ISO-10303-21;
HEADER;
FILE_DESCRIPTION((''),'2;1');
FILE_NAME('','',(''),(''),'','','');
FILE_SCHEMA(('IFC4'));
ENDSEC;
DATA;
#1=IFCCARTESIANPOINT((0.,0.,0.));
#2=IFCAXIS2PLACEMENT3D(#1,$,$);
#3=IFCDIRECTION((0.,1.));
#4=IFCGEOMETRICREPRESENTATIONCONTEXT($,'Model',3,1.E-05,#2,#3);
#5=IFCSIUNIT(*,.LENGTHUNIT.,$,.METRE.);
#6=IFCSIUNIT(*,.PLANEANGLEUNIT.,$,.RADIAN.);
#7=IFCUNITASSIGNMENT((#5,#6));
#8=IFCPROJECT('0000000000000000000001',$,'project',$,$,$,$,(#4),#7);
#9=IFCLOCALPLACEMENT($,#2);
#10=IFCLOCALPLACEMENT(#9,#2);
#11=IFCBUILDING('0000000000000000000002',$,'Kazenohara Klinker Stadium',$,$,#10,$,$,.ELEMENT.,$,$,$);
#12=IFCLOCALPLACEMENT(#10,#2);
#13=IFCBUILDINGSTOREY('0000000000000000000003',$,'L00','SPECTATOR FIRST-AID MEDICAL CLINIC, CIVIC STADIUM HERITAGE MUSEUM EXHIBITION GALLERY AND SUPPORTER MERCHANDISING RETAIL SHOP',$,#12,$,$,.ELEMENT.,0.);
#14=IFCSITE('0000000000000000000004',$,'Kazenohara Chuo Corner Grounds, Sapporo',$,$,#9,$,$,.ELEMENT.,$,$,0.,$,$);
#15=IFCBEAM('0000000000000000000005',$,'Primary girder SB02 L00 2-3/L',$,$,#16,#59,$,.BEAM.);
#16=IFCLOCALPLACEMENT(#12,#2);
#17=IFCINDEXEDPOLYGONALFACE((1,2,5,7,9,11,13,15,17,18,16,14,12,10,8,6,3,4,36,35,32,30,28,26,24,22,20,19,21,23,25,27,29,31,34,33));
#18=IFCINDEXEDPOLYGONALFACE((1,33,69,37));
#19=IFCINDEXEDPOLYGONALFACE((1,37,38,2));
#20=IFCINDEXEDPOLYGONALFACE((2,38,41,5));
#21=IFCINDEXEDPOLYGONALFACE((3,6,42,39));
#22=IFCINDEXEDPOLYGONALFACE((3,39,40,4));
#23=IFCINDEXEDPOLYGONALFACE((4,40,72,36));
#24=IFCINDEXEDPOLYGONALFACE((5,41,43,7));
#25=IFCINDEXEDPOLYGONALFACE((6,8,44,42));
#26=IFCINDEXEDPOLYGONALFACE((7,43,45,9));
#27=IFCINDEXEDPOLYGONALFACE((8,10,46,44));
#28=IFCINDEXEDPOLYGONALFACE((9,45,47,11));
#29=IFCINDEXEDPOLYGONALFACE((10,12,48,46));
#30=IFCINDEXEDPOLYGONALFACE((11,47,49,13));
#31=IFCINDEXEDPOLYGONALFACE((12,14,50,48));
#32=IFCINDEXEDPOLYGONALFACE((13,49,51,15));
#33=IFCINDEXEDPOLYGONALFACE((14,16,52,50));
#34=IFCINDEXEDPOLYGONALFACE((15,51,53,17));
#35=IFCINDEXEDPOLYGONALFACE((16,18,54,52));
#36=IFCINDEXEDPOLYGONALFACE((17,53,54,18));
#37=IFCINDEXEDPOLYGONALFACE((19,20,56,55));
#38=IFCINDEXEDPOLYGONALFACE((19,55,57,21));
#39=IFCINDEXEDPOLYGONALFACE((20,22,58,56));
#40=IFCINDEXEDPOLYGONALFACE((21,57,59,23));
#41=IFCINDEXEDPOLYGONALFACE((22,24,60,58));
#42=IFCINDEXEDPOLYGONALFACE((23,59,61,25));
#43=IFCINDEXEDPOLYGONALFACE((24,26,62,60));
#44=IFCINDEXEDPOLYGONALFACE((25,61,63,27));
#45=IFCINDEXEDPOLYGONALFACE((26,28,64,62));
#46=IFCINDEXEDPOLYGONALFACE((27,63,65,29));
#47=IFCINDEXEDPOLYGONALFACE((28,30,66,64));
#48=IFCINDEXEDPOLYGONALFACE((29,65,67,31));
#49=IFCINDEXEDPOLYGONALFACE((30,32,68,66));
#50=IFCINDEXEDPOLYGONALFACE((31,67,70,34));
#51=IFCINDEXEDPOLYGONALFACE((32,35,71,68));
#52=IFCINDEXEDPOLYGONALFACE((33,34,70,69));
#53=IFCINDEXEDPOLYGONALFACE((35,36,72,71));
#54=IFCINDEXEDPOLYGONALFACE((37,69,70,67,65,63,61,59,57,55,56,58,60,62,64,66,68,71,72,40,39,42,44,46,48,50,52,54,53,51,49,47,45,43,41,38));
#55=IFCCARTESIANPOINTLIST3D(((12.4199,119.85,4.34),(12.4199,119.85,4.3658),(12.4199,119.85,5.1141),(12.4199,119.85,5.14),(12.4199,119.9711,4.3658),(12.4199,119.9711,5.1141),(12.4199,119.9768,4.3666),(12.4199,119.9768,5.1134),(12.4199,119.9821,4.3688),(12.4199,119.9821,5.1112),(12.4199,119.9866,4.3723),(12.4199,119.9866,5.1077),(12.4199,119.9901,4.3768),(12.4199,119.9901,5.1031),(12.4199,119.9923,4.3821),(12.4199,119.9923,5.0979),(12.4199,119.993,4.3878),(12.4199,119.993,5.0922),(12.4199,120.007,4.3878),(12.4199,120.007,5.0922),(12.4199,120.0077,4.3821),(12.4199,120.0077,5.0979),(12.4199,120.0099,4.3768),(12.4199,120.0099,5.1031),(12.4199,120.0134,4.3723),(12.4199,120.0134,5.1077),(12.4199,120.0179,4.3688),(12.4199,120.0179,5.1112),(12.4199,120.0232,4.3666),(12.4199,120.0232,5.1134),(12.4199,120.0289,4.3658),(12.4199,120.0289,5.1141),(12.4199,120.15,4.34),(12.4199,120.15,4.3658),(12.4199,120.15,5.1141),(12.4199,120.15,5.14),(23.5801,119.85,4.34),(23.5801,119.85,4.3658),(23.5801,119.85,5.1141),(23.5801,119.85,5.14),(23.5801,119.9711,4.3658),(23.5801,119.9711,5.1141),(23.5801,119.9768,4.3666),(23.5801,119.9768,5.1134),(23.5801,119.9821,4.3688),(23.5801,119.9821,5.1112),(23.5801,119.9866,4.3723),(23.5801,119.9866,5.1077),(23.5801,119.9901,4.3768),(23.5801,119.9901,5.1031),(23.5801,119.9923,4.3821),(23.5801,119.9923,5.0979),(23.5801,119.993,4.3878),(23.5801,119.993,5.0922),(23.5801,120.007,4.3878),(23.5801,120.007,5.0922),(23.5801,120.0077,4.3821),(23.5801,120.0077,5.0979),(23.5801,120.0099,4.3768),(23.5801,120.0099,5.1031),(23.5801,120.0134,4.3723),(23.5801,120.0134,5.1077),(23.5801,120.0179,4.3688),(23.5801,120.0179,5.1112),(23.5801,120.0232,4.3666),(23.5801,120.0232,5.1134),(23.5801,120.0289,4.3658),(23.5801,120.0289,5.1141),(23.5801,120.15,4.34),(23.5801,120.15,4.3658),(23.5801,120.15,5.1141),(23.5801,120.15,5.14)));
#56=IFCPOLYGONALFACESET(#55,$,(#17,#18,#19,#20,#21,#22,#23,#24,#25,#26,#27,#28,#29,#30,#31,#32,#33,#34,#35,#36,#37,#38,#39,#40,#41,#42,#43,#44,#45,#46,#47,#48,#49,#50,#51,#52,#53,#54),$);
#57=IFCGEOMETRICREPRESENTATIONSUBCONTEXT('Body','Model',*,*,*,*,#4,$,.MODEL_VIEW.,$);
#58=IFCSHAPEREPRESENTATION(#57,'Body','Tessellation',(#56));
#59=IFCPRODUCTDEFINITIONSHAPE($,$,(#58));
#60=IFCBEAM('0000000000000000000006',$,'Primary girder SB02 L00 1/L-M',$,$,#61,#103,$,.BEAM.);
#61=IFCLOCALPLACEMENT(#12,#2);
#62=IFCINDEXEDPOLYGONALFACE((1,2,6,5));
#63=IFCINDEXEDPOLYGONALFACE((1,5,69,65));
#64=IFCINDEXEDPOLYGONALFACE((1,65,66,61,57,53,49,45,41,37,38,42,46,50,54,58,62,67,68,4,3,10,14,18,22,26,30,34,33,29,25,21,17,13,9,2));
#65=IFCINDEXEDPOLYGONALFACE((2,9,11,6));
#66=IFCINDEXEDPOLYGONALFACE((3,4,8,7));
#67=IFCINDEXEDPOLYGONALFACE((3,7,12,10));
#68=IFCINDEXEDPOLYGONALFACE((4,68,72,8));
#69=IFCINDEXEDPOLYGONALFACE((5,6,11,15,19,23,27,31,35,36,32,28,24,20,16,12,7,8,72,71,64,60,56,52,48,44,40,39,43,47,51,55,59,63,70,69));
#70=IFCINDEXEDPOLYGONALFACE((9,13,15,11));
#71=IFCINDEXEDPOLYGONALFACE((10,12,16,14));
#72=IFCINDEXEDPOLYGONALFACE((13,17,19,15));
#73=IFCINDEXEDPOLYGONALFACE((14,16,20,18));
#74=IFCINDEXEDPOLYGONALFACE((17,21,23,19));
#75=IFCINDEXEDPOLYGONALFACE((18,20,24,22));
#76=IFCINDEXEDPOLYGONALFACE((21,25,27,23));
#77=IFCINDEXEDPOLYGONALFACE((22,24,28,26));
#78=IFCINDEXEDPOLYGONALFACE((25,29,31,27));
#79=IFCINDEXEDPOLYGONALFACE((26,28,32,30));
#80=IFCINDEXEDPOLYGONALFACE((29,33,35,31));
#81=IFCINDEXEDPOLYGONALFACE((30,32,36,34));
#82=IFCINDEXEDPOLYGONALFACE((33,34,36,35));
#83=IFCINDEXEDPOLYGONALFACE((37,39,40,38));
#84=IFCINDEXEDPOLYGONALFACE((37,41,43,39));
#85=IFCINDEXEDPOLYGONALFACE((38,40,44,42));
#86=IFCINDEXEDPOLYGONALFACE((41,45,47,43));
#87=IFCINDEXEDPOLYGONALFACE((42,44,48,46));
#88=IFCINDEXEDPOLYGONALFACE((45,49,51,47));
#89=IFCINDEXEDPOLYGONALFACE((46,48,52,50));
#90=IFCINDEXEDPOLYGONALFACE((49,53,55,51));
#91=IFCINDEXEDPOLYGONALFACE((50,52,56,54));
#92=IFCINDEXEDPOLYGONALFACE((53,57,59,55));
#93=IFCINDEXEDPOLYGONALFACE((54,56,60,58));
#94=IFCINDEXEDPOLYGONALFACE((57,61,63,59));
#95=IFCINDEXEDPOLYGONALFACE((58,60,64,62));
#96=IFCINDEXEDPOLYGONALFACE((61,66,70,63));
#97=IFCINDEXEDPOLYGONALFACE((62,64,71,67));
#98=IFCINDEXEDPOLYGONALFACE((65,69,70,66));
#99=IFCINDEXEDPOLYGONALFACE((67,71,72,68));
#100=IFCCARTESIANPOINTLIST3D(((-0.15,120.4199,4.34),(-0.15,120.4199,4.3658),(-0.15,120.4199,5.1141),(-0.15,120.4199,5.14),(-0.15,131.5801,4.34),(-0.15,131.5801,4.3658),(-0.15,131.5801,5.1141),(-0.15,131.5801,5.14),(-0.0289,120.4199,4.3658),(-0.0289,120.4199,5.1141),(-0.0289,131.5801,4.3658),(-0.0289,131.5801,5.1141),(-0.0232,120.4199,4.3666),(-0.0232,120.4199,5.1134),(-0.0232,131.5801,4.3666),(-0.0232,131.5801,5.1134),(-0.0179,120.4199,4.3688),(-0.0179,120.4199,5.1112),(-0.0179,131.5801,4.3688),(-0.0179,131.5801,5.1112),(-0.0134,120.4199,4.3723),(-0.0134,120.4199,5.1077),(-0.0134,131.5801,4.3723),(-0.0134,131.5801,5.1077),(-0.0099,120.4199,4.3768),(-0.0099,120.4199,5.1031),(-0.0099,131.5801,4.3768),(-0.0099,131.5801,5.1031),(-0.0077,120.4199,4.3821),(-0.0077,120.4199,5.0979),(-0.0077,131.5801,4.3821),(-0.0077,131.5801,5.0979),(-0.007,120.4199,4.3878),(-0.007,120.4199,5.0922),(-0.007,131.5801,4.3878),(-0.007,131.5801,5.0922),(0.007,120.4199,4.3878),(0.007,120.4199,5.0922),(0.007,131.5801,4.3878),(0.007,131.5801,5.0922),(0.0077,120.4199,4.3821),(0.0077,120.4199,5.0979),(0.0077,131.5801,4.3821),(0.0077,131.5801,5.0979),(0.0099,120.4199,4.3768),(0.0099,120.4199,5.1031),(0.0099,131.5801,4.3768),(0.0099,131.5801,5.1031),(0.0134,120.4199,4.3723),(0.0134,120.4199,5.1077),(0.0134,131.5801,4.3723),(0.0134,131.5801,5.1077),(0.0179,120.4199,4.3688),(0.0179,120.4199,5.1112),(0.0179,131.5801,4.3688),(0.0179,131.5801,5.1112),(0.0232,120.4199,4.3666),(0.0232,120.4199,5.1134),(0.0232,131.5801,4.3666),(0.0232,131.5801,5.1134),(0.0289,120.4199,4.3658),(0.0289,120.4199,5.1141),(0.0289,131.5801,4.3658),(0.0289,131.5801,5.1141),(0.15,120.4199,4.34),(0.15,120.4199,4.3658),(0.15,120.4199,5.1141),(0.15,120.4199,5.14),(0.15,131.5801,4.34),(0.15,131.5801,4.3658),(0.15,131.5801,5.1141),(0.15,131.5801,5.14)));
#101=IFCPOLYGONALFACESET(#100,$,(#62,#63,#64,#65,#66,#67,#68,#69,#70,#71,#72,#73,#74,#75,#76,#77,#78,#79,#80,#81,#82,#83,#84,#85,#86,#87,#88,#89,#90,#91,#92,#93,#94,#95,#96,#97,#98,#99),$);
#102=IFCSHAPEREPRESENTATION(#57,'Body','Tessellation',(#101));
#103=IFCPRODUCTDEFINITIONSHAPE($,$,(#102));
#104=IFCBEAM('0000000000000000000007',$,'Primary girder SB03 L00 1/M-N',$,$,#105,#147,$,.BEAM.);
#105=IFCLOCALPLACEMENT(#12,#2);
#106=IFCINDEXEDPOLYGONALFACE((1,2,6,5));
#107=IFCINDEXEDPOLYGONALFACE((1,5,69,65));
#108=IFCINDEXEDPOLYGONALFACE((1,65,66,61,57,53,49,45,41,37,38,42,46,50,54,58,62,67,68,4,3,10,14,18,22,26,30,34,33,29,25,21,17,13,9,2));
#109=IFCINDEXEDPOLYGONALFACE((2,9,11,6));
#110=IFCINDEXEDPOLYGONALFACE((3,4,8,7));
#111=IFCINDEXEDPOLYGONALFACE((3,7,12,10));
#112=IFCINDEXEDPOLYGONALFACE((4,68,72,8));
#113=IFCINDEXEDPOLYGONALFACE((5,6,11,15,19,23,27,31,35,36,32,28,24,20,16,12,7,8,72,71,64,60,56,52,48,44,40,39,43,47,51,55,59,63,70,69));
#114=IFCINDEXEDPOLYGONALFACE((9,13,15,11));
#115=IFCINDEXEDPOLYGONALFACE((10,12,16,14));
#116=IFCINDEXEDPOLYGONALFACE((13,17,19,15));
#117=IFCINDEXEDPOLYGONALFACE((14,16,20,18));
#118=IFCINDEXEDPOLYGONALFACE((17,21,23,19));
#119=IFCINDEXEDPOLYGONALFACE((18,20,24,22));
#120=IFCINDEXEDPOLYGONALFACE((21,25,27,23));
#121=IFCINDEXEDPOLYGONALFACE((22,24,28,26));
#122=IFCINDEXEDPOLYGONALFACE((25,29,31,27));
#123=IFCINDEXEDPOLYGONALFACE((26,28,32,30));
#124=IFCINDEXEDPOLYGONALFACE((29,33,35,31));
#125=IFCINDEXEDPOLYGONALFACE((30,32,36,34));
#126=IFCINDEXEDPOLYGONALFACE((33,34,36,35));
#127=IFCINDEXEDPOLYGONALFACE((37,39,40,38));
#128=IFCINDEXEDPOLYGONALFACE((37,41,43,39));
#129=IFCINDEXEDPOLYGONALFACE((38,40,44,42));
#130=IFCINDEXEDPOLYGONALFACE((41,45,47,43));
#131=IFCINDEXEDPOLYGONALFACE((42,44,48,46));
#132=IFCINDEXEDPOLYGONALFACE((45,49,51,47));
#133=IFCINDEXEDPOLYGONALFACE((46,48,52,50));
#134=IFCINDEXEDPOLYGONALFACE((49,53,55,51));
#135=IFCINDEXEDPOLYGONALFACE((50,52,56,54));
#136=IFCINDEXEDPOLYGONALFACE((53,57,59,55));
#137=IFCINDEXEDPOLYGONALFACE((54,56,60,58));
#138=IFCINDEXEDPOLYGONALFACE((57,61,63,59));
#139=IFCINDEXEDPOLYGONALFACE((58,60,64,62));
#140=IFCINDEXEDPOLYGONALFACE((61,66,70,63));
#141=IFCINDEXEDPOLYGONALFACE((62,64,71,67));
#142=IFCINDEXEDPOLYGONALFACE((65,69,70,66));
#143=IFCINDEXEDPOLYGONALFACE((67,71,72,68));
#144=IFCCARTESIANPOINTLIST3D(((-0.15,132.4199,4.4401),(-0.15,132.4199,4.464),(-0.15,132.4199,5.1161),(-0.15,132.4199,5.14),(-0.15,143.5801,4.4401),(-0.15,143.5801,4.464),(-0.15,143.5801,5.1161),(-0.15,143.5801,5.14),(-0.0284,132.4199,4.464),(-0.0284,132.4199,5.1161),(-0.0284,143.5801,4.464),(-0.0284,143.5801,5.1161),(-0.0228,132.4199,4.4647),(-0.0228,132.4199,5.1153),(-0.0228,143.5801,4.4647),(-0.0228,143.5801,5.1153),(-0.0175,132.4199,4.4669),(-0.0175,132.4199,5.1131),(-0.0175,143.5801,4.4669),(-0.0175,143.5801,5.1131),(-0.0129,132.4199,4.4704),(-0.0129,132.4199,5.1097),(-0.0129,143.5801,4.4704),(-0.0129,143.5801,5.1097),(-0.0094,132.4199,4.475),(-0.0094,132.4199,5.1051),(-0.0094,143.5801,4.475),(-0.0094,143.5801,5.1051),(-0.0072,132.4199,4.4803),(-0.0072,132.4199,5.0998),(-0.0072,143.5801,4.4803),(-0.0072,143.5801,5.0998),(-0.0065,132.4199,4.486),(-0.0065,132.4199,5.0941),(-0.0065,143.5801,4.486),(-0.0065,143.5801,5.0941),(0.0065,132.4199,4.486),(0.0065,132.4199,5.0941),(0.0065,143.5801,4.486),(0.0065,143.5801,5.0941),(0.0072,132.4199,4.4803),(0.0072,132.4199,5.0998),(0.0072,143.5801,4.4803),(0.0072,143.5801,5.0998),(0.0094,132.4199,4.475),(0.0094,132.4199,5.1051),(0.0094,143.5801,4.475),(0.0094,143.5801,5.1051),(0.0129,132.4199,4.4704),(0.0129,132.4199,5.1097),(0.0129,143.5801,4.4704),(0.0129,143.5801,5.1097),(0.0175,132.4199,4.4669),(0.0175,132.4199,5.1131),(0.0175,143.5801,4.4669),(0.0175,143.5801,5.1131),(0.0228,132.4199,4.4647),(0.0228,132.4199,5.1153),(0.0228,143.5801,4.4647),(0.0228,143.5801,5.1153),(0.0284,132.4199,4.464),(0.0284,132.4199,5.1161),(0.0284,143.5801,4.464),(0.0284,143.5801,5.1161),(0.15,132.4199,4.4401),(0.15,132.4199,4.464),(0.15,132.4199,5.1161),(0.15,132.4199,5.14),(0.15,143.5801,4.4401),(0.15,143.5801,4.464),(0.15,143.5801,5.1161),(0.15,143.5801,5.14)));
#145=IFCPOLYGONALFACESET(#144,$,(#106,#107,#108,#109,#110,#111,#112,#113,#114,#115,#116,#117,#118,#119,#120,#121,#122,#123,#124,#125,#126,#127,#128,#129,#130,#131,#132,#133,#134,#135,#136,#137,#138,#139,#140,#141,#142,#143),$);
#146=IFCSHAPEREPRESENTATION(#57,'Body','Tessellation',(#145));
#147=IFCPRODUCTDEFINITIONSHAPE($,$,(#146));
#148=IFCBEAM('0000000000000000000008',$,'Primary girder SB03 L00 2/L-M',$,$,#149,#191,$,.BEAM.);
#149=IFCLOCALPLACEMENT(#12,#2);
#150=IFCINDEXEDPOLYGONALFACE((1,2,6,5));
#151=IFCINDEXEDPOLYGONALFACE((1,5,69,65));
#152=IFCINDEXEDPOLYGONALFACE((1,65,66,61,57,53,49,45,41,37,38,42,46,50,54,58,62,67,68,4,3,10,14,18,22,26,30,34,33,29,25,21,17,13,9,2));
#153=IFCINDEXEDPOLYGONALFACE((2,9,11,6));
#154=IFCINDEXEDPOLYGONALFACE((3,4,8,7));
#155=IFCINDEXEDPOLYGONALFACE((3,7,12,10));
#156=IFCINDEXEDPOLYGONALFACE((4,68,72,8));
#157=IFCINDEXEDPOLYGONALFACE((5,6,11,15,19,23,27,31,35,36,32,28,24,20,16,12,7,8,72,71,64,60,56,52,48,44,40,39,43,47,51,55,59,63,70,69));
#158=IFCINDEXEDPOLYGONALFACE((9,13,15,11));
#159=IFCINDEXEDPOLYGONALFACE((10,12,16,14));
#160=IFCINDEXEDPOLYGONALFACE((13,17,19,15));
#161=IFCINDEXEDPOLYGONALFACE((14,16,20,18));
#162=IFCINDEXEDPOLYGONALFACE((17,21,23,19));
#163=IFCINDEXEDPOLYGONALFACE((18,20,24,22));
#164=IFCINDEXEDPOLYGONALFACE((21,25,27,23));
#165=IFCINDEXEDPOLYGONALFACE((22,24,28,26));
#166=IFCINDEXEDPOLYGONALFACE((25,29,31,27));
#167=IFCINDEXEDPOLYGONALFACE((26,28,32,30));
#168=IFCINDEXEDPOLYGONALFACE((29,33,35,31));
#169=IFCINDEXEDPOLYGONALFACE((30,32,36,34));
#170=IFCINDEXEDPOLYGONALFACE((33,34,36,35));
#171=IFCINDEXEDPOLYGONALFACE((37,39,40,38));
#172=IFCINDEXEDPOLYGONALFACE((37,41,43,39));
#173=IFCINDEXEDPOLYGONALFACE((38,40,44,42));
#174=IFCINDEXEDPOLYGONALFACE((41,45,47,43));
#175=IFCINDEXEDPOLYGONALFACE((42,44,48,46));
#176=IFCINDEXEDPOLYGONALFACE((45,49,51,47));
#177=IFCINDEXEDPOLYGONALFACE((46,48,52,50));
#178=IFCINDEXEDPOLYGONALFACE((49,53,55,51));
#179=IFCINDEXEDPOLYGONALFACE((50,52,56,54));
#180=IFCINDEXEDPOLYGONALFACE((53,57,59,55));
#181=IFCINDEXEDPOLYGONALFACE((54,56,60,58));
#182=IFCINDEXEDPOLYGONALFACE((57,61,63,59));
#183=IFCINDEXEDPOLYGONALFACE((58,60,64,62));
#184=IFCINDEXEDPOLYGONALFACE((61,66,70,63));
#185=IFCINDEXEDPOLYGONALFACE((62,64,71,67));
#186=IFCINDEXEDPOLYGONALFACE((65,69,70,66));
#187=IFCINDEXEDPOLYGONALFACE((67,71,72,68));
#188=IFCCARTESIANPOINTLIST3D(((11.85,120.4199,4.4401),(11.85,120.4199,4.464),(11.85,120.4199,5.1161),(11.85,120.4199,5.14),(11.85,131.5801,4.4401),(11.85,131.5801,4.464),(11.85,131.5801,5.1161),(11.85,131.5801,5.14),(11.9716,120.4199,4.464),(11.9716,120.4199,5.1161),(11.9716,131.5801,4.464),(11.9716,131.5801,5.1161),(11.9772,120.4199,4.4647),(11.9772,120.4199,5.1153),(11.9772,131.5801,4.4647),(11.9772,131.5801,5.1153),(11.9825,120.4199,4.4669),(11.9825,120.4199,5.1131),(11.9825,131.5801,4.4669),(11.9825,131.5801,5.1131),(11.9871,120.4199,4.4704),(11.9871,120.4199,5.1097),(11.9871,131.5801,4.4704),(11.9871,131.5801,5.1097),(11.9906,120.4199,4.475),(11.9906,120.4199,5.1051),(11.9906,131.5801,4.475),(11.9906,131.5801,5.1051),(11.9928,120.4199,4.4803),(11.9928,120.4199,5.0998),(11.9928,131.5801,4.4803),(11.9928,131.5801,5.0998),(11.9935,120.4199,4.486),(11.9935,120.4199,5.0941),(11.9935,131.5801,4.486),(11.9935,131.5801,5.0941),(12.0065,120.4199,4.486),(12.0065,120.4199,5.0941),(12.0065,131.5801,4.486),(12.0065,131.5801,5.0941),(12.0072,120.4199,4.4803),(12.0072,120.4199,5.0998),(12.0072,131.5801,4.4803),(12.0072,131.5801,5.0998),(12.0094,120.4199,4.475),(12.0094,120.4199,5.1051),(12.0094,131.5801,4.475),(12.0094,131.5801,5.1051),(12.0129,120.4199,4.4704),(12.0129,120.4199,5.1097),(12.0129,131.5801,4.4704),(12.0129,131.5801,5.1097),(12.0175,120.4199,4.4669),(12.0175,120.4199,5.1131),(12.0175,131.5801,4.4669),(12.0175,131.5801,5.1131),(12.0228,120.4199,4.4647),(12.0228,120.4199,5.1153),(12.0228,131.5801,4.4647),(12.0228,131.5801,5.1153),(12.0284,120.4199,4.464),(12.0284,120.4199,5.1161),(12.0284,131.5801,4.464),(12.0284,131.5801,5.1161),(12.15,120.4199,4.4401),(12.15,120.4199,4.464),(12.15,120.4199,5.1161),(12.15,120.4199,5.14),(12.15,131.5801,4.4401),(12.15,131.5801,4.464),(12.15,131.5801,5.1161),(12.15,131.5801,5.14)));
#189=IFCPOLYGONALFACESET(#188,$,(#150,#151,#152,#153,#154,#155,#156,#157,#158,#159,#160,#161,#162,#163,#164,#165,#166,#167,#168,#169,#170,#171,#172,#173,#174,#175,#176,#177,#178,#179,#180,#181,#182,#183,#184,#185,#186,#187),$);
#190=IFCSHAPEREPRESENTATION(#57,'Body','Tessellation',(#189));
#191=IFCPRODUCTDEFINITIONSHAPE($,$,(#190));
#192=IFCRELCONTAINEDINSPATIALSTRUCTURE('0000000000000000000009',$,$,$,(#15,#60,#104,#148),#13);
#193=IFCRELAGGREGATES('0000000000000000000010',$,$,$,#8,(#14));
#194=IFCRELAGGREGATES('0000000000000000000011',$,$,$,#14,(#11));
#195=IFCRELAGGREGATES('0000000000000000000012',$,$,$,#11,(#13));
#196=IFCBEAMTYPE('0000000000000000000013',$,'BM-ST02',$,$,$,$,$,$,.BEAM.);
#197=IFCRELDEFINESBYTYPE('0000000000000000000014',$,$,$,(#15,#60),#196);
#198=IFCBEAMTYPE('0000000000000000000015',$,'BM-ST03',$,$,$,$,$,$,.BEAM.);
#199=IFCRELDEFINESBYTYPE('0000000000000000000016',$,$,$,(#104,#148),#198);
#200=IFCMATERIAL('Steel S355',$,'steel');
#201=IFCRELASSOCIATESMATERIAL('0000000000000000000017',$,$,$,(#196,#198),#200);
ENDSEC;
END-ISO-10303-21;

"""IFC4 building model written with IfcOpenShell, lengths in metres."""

from ifc_helpers import new_model, si_unit, direction, frame, origin, origin_2d, place, context, subcontext, project, spatial, i_section, extrude, material, material_profile, profile_set, type_object, element, save


model = new_model("IFC4")

# Units and contexts
model_context = context("Model", 3, precision=1e-05, world=origin(), true_north=direction((0.0, 1.0)))
body_context = subcontext(model_context, "Body", "Model", "MODEL_VIEW")
ifc_project = project(units=[si_unit("LENGTHUNIT", "METRE"), si_unit("PLANEANGLEUNIT", "RADIAN")], contexts=[model_context])

# Site, building, storey
site_placement = place(None, origin())
site = spatial("IfcSite", under=ifc_project, at=site_placement, Name="Kazenohara Chuo Corner Grounds, Sapporo", CompositionType="ELEMENT", RefElevation=0.0)
building_placement = place(site_placement, origin())
building = spatial("IfcBuilding", under=site, at=building_placement, Name="Kazenohara Klinker Stadium", CompositionType="ELEMENT")
storey_placement = place(building_placement, origin())
storey = spatial("IfcBuildingStorey", under=building, at=storey_placement, Name="L00", Description="SPECTATOR FIRST-AID MEDICAL CLINIC, CIVIC STADIUM HERITAGE MUSEUM EXHIBITION GALLERY AND SUPPORTER MERCHANDISING RETAIL SHOP", CompositionType="ELEMENT", Elevation=0.0)

# Beams
ifc_material_1 = material(Name="Steel S355", Category="steel")
ifc_material_profile_1 = material_profile(ifc_material_1, i_section(OverallWidth=0.3, OverallDepth=0.8, WebThickness=0.0139, FlangeThickness=0.0259, FilletRadius=0.022, at=origin_2d()), Name="H-800x300x14x26")
ifc_profile_set_1 = profile_set([ifc_material_profile_1], Name="Steel S355")
beam_type_1 = type_object("IfcBeamType", Name="BM-ST02", PredefinedType="BEAM", material=ifc_profile_set_1)
for number, where, z_axis, x_axis, name in (
    (1, (12.4199, 120.0, 4.74), (1.0, 0.0, 0.0), (0.0, 1.0, 0.0), "Primary girder SB02 L00 2-3/L"),
    (2, (0.0, 120.4199, 4.74), (0.0, 1.0, 0.0), (-1.0, 0.0, 0.0), "Primary girder SB02 L00 1/L-M"),
):
    element("IfcBeam", number, at=place(storey_placement, frame(where, z_axis=z_axis, x_axis=x_axis)), inside=storey, type_object=beam_type_1, Name=name, PredefinedType="BEAM", context=body_context, shape_type="SweptSolid", body=[
        extrude(i_section(OverallWidth=0.3, OverallDepth=0.8, WebThickness=0.0139, FlangeThickness=0.0259, FilletRadius=0.022, at=origin_2d()), origin(), (0.0, 0.0, 1.0), 11.1602),
    ])
ifc_material_profile_2 = material_profile(ifc_material_1, i_section(OverallWidth=0.3, OverallDepth=0.7, WebThickness=0.0129, FlangeThickness=0.0239, FilletRadius=0.022, at=origin_2d()), Name="H-700x300x13x24")
ifc_profile_set_2 = profile_set([ifc_material_profile_2], Name="Steel S355")
beam_type_2 = type_object("IfcBeamType", Name="BM-ST03", PredefinedType="BEAM", material=ifc_profile_set_2)
for number, where, z_axis, x_axis, name in (
    (3, (0.0, 132.4199, 4.79), (0.0, 1.0, 0.0), (-1.0, 0.0, 0.0), "Primary girder SB03 L00 1/M-N"),
    (4, (12.0, 120.4199, 4.79), (0.0, 1.0, 0.0), (-1.0, 0.0, 0.0), "Primary girder SB03 L00 2/L-M"),
):
    element("IfcBeam", number, at=place(storey_placement, frame(where, z_axis=z_axis, x_axis=x_axis)), inside=storey, type_object=beam_type_2, Name=name, PredefinedType="BEAM", context=body_context, shape_type="SweptSolid", body=[
        extrude(i_section(OverallWidth=0.3, OverallDepth=0.7, WebThickness=0.0129, FlangeThickness=0.0239, FilletRadius=0.022, at=origin_2d()), origin(), (0.0, 0.0, 1.0), 11.1602),
    ])

save(model, "model.ifc")
